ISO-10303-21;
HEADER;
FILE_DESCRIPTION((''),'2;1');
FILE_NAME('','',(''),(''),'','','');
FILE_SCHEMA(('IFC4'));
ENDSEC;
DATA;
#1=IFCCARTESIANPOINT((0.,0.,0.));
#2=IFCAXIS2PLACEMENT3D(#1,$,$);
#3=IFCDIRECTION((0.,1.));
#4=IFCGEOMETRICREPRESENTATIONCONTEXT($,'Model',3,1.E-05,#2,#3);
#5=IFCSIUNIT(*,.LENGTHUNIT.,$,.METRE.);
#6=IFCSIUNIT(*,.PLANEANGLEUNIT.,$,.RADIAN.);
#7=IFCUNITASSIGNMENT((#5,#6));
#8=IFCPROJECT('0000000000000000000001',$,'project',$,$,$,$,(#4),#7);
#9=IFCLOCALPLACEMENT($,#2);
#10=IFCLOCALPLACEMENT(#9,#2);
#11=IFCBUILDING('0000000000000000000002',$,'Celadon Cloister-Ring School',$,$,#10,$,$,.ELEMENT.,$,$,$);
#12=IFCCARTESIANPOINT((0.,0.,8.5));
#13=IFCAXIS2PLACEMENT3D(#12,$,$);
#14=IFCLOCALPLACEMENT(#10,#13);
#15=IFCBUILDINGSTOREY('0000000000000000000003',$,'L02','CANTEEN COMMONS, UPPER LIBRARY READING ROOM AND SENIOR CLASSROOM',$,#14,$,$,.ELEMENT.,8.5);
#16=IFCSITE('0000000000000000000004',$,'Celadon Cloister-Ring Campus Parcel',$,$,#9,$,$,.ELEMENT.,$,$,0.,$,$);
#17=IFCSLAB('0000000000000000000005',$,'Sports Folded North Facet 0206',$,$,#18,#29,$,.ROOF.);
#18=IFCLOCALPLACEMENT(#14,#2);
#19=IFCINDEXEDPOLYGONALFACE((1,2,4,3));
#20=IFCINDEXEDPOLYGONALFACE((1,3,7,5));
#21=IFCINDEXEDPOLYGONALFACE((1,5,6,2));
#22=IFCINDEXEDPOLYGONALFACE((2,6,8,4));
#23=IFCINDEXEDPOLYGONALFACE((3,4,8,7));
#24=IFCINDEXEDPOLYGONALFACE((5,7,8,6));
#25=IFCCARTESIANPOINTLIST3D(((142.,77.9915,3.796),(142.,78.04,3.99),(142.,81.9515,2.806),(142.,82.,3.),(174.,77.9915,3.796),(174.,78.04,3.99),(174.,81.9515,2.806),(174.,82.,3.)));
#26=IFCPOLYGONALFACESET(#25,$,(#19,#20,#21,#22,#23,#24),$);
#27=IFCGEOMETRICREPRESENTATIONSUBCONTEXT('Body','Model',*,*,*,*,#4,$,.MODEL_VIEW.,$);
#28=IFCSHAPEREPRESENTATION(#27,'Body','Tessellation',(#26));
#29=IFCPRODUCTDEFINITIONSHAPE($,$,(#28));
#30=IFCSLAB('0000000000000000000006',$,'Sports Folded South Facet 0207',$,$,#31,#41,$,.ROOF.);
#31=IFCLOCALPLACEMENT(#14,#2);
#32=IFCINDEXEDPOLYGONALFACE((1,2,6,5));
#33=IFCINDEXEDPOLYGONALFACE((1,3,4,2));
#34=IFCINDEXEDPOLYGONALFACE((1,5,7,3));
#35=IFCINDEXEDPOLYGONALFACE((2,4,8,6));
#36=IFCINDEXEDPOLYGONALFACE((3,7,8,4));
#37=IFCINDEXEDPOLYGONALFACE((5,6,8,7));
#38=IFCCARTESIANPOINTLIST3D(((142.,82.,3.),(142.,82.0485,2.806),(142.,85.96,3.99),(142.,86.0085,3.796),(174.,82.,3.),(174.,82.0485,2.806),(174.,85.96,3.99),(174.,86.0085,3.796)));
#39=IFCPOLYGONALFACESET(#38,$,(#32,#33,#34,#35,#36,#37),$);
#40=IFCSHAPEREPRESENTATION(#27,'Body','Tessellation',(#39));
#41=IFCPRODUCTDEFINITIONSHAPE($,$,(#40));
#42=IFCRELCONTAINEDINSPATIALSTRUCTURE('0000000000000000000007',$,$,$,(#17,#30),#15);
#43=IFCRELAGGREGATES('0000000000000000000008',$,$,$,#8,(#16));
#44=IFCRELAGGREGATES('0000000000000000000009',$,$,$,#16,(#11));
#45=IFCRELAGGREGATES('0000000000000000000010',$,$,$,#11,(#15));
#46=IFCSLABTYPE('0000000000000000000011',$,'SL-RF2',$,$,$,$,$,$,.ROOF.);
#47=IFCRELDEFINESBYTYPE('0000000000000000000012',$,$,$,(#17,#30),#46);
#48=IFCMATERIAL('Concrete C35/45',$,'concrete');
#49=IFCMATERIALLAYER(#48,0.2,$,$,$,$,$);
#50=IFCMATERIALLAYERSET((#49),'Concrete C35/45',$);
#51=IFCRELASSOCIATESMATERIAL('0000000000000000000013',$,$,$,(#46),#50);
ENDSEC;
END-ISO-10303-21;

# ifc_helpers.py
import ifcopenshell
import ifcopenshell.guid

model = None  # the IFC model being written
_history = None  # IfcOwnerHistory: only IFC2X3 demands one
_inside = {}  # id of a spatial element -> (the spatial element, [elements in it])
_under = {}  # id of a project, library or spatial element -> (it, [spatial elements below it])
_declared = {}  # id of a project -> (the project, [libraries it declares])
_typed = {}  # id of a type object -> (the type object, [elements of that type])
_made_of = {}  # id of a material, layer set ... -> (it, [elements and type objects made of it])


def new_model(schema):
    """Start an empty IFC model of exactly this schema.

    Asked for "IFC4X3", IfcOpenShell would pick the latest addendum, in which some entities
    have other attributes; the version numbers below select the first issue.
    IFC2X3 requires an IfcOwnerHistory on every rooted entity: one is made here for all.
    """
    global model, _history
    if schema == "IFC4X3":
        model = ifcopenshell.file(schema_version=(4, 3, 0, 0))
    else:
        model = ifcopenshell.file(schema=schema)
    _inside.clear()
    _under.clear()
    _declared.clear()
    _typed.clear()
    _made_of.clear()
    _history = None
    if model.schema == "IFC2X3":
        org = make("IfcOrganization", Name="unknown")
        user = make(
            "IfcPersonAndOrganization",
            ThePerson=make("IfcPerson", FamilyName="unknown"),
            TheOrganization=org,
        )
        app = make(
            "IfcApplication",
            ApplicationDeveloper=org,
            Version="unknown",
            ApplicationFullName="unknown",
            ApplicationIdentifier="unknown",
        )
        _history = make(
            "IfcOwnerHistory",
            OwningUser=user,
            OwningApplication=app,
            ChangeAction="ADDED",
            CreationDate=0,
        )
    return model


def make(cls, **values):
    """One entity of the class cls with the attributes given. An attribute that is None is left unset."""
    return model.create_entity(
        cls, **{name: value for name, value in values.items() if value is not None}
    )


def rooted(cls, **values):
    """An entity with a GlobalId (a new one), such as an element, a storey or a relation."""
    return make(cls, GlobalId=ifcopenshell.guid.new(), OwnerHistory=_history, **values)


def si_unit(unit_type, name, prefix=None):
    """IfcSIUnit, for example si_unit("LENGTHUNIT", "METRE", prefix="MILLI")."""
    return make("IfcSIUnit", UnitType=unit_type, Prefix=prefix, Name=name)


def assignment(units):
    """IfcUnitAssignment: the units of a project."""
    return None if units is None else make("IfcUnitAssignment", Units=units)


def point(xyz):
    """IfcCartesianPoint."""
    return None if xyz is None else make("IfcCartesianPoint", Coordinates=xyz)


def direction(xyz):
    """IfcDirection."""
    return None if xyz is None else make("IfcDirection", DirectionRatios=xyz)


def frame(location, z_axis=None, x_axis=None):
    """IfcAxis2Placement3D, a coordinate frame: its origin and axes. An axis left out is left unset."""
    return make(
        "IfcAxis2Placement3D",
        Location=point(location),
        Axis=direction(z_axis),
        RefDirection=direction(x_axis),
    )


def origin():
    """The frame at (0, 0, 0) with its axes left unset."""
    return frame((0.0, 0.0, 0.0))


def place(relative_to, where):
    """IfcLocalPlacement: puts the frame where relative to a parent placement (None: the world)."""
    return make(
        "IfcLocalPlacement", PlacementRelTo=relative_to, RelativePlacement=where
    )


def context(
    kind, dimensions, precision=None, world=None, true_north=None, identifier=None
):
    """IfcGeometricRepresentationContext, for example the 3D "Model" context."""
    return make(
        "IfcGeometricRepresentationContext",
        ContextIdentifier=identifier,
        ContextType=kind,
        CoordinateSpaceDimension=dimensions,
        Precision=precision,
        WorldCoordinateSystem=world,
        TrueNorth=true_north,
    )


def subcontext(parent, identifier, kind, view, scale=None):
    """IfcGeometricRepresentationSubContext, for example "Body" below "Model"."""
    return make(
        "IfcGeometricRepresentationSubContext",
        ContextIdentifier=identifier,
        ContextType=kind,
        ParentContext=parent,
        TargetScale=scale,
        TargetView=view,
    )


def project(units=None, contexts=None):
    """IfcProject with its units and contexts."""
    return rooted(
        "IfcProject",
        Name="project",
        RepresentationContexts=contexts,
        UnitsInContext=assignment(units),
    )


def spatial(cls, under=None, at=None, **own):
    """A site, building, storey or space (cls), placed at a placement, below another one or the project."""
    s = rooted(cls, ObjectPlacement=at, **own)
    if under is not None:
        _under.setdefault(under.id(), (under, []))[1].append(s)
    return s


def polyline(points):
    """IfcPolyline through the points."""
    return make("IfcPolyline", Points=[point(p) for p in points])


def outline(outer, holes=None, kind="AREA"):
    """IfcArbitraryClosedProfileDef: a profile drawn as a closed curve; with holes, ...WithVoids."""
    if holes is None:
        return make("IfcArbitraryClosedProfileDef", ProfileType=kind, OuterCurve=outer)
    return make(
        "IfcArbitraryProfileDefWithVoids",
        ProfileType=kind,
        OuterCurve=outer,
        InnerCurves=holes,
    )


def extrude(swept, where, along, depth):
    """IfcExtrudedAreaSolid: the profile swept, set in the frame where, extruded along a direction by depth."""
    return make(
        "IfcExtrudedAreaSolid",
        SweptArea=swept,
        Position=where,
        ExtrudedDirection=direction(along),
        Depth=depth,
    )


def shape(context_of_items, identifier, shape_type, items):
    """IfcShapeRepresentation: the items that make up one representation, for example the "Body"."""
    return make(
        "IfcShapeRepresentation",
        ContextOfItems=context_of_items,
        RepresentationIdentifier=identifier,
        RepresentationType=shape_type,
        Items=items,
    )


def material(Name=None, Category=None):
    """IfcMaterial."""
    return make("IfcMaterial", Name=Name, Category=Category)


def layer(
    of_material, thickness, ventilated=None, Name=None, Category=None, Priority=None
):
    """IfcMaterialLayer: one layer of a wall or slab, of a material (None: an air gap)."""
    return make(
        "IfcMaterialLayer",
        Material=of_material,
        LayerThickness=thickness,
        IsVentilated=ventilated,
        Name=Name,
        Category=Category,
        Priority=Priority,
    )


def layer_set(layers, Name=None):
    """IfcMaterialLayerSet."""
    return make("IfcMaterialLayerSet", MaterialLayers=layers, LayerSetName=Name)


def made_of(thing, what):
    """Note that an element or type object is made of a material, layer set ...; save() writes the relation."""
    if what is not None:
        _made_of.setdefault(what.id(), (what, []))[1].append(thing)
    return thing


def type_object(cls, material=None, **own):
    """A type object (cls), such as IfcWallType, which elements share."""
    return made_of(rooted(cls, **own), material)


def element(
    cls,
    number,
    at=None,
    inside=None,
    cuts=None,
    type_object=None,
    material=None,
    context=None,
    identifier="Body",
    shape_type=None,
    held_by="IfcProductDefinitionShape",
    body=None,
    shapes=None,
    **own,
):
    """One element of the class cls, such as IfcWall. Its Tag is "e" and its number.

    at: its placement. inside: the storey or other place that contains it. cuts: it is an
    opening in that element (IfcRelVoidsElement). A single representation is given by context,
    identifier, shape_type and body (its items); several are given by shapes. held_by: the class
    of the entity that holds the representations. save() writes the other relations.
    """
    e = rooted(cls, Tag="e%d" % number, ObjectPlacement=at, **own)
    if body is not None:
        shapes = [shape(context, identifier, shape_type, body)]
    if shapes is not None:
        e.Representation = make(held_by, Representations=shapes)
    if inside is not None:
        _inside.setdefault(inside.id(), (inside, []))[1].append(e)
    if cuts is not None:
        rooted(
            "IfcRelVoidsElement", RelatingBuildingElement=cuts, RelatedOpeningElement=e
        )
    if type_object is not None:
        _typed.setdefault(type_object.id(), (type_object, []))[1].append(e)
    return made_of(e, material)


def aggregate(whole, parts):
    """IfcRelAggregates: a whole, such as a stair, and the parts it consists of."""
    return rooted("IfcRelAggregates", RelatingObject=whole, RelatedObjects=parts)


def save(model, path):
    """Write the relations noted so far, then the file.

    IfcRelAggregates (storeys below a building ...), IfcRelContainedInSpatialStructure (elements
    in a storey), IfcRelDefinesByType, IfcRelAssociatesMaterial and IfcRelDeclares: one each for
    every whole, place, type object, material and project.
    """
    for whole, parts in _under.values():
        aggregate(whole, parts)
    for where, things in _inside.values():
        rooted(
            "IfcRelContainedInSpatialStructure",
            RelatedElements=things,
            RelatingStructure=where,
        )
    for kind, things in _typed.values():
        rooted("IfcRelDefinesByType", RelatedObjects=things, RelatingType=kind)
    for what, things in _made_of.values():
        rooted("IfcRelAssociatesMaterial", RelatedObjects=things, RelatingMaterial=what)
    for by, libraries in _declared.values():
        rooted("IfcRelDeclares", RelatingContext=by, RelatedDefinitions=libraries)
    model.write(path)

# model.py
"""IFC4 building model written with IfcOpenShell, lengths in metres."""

from ifc_helpers import new_model, si_unit, direction, frame, origin, place, context, subcontext, project, spatial, polyline, outline, extrude, material, layer, layer_set, type_object, element, save


model = new_model("IFC4")

# Units and contexts
model_context = context("Model", 3, precision=1e-05, world=origin(), true_north=direction((0.0, 1.0)))
body_context = subcontext(model_context, "Body", "Model", "MODEL_VIEW")
ifc_project = project(units=[si_unit("LENGTHUNIT", "METRE"), si_unit("PLANEANGLEUNIT", "RADIAN")], contexts=[model_context])

# Site, building, storey
site_placement = place(None, origin())
site = spatial("IfcSite", under=ifc_project, at=site_placement, Name="Celadon Cloister-Ring Campus Parcel", CompositionType="ELEMENT", RefElevation=0.0)
building_placement = place(site_placement, origin())
building = spatial("IfcBuilding", under=site, at=building_placement, Name="Celadon Cloister-Ring School", CompositionType="ELEMENT")
storey_placement = place(building_placement, frame((0.0, 0.0, 8.5)))
storey = spatial("IfcBuildingStorey", under=building, at=storey_placement, Name="L02", Description="CANTEEN COMMONS, UPPER LIBRARY READING ROOM AND SENIOR CLASSROOM", CompositionType="ELEMENT", Elevation=8.5)

# Slabs
ifc_material_1 = material(Name="Concrete C35/45", Category="concrete")
ifc_layer_1 = layer(ifc_material_1, 0.2)
ifc_layer_set_1 = layer_set([ifc_layer_1], Name="Concrete C35/45")
slab_type = type_object("IfcSlabType", Name="SL-RF2", PredefinedType="ROOF", material=ifc_layer_set_1)
for number, where, z_axis, x_axis, name in (
    (1, (142.0, 78.04, 3.99), (0.0, 0.242536, 0.970143), (1.0, 0.0, 0.0), "Sports Folded North Facet 0206"),
    (2, (142.0, 82.0, 3.0), (0.0, -0.242536, 0.970143), (1.0, 0.0, 0.0), "Sports Folded South Facet 0207"),
):
    element("IfcSlab", number, at=place(storey_placement, frame(where, z_axis=z_axis, x_axis=x_axis)), inside=storey, type_object=slab_type, Name=name, PredefinedType="ROOF", context=body_context, shape_type="SweptSolid", body=[
        extrude(outline(polyline([(0.0, 0.0), (32.0, 0.0), (32.0, 4.0818), (0.0, 4.0818), (0.0, 0.0)])), origin(), (0.0, 0.0, -1.0), 0.2),
    ])

save(model, "model.ifc")
